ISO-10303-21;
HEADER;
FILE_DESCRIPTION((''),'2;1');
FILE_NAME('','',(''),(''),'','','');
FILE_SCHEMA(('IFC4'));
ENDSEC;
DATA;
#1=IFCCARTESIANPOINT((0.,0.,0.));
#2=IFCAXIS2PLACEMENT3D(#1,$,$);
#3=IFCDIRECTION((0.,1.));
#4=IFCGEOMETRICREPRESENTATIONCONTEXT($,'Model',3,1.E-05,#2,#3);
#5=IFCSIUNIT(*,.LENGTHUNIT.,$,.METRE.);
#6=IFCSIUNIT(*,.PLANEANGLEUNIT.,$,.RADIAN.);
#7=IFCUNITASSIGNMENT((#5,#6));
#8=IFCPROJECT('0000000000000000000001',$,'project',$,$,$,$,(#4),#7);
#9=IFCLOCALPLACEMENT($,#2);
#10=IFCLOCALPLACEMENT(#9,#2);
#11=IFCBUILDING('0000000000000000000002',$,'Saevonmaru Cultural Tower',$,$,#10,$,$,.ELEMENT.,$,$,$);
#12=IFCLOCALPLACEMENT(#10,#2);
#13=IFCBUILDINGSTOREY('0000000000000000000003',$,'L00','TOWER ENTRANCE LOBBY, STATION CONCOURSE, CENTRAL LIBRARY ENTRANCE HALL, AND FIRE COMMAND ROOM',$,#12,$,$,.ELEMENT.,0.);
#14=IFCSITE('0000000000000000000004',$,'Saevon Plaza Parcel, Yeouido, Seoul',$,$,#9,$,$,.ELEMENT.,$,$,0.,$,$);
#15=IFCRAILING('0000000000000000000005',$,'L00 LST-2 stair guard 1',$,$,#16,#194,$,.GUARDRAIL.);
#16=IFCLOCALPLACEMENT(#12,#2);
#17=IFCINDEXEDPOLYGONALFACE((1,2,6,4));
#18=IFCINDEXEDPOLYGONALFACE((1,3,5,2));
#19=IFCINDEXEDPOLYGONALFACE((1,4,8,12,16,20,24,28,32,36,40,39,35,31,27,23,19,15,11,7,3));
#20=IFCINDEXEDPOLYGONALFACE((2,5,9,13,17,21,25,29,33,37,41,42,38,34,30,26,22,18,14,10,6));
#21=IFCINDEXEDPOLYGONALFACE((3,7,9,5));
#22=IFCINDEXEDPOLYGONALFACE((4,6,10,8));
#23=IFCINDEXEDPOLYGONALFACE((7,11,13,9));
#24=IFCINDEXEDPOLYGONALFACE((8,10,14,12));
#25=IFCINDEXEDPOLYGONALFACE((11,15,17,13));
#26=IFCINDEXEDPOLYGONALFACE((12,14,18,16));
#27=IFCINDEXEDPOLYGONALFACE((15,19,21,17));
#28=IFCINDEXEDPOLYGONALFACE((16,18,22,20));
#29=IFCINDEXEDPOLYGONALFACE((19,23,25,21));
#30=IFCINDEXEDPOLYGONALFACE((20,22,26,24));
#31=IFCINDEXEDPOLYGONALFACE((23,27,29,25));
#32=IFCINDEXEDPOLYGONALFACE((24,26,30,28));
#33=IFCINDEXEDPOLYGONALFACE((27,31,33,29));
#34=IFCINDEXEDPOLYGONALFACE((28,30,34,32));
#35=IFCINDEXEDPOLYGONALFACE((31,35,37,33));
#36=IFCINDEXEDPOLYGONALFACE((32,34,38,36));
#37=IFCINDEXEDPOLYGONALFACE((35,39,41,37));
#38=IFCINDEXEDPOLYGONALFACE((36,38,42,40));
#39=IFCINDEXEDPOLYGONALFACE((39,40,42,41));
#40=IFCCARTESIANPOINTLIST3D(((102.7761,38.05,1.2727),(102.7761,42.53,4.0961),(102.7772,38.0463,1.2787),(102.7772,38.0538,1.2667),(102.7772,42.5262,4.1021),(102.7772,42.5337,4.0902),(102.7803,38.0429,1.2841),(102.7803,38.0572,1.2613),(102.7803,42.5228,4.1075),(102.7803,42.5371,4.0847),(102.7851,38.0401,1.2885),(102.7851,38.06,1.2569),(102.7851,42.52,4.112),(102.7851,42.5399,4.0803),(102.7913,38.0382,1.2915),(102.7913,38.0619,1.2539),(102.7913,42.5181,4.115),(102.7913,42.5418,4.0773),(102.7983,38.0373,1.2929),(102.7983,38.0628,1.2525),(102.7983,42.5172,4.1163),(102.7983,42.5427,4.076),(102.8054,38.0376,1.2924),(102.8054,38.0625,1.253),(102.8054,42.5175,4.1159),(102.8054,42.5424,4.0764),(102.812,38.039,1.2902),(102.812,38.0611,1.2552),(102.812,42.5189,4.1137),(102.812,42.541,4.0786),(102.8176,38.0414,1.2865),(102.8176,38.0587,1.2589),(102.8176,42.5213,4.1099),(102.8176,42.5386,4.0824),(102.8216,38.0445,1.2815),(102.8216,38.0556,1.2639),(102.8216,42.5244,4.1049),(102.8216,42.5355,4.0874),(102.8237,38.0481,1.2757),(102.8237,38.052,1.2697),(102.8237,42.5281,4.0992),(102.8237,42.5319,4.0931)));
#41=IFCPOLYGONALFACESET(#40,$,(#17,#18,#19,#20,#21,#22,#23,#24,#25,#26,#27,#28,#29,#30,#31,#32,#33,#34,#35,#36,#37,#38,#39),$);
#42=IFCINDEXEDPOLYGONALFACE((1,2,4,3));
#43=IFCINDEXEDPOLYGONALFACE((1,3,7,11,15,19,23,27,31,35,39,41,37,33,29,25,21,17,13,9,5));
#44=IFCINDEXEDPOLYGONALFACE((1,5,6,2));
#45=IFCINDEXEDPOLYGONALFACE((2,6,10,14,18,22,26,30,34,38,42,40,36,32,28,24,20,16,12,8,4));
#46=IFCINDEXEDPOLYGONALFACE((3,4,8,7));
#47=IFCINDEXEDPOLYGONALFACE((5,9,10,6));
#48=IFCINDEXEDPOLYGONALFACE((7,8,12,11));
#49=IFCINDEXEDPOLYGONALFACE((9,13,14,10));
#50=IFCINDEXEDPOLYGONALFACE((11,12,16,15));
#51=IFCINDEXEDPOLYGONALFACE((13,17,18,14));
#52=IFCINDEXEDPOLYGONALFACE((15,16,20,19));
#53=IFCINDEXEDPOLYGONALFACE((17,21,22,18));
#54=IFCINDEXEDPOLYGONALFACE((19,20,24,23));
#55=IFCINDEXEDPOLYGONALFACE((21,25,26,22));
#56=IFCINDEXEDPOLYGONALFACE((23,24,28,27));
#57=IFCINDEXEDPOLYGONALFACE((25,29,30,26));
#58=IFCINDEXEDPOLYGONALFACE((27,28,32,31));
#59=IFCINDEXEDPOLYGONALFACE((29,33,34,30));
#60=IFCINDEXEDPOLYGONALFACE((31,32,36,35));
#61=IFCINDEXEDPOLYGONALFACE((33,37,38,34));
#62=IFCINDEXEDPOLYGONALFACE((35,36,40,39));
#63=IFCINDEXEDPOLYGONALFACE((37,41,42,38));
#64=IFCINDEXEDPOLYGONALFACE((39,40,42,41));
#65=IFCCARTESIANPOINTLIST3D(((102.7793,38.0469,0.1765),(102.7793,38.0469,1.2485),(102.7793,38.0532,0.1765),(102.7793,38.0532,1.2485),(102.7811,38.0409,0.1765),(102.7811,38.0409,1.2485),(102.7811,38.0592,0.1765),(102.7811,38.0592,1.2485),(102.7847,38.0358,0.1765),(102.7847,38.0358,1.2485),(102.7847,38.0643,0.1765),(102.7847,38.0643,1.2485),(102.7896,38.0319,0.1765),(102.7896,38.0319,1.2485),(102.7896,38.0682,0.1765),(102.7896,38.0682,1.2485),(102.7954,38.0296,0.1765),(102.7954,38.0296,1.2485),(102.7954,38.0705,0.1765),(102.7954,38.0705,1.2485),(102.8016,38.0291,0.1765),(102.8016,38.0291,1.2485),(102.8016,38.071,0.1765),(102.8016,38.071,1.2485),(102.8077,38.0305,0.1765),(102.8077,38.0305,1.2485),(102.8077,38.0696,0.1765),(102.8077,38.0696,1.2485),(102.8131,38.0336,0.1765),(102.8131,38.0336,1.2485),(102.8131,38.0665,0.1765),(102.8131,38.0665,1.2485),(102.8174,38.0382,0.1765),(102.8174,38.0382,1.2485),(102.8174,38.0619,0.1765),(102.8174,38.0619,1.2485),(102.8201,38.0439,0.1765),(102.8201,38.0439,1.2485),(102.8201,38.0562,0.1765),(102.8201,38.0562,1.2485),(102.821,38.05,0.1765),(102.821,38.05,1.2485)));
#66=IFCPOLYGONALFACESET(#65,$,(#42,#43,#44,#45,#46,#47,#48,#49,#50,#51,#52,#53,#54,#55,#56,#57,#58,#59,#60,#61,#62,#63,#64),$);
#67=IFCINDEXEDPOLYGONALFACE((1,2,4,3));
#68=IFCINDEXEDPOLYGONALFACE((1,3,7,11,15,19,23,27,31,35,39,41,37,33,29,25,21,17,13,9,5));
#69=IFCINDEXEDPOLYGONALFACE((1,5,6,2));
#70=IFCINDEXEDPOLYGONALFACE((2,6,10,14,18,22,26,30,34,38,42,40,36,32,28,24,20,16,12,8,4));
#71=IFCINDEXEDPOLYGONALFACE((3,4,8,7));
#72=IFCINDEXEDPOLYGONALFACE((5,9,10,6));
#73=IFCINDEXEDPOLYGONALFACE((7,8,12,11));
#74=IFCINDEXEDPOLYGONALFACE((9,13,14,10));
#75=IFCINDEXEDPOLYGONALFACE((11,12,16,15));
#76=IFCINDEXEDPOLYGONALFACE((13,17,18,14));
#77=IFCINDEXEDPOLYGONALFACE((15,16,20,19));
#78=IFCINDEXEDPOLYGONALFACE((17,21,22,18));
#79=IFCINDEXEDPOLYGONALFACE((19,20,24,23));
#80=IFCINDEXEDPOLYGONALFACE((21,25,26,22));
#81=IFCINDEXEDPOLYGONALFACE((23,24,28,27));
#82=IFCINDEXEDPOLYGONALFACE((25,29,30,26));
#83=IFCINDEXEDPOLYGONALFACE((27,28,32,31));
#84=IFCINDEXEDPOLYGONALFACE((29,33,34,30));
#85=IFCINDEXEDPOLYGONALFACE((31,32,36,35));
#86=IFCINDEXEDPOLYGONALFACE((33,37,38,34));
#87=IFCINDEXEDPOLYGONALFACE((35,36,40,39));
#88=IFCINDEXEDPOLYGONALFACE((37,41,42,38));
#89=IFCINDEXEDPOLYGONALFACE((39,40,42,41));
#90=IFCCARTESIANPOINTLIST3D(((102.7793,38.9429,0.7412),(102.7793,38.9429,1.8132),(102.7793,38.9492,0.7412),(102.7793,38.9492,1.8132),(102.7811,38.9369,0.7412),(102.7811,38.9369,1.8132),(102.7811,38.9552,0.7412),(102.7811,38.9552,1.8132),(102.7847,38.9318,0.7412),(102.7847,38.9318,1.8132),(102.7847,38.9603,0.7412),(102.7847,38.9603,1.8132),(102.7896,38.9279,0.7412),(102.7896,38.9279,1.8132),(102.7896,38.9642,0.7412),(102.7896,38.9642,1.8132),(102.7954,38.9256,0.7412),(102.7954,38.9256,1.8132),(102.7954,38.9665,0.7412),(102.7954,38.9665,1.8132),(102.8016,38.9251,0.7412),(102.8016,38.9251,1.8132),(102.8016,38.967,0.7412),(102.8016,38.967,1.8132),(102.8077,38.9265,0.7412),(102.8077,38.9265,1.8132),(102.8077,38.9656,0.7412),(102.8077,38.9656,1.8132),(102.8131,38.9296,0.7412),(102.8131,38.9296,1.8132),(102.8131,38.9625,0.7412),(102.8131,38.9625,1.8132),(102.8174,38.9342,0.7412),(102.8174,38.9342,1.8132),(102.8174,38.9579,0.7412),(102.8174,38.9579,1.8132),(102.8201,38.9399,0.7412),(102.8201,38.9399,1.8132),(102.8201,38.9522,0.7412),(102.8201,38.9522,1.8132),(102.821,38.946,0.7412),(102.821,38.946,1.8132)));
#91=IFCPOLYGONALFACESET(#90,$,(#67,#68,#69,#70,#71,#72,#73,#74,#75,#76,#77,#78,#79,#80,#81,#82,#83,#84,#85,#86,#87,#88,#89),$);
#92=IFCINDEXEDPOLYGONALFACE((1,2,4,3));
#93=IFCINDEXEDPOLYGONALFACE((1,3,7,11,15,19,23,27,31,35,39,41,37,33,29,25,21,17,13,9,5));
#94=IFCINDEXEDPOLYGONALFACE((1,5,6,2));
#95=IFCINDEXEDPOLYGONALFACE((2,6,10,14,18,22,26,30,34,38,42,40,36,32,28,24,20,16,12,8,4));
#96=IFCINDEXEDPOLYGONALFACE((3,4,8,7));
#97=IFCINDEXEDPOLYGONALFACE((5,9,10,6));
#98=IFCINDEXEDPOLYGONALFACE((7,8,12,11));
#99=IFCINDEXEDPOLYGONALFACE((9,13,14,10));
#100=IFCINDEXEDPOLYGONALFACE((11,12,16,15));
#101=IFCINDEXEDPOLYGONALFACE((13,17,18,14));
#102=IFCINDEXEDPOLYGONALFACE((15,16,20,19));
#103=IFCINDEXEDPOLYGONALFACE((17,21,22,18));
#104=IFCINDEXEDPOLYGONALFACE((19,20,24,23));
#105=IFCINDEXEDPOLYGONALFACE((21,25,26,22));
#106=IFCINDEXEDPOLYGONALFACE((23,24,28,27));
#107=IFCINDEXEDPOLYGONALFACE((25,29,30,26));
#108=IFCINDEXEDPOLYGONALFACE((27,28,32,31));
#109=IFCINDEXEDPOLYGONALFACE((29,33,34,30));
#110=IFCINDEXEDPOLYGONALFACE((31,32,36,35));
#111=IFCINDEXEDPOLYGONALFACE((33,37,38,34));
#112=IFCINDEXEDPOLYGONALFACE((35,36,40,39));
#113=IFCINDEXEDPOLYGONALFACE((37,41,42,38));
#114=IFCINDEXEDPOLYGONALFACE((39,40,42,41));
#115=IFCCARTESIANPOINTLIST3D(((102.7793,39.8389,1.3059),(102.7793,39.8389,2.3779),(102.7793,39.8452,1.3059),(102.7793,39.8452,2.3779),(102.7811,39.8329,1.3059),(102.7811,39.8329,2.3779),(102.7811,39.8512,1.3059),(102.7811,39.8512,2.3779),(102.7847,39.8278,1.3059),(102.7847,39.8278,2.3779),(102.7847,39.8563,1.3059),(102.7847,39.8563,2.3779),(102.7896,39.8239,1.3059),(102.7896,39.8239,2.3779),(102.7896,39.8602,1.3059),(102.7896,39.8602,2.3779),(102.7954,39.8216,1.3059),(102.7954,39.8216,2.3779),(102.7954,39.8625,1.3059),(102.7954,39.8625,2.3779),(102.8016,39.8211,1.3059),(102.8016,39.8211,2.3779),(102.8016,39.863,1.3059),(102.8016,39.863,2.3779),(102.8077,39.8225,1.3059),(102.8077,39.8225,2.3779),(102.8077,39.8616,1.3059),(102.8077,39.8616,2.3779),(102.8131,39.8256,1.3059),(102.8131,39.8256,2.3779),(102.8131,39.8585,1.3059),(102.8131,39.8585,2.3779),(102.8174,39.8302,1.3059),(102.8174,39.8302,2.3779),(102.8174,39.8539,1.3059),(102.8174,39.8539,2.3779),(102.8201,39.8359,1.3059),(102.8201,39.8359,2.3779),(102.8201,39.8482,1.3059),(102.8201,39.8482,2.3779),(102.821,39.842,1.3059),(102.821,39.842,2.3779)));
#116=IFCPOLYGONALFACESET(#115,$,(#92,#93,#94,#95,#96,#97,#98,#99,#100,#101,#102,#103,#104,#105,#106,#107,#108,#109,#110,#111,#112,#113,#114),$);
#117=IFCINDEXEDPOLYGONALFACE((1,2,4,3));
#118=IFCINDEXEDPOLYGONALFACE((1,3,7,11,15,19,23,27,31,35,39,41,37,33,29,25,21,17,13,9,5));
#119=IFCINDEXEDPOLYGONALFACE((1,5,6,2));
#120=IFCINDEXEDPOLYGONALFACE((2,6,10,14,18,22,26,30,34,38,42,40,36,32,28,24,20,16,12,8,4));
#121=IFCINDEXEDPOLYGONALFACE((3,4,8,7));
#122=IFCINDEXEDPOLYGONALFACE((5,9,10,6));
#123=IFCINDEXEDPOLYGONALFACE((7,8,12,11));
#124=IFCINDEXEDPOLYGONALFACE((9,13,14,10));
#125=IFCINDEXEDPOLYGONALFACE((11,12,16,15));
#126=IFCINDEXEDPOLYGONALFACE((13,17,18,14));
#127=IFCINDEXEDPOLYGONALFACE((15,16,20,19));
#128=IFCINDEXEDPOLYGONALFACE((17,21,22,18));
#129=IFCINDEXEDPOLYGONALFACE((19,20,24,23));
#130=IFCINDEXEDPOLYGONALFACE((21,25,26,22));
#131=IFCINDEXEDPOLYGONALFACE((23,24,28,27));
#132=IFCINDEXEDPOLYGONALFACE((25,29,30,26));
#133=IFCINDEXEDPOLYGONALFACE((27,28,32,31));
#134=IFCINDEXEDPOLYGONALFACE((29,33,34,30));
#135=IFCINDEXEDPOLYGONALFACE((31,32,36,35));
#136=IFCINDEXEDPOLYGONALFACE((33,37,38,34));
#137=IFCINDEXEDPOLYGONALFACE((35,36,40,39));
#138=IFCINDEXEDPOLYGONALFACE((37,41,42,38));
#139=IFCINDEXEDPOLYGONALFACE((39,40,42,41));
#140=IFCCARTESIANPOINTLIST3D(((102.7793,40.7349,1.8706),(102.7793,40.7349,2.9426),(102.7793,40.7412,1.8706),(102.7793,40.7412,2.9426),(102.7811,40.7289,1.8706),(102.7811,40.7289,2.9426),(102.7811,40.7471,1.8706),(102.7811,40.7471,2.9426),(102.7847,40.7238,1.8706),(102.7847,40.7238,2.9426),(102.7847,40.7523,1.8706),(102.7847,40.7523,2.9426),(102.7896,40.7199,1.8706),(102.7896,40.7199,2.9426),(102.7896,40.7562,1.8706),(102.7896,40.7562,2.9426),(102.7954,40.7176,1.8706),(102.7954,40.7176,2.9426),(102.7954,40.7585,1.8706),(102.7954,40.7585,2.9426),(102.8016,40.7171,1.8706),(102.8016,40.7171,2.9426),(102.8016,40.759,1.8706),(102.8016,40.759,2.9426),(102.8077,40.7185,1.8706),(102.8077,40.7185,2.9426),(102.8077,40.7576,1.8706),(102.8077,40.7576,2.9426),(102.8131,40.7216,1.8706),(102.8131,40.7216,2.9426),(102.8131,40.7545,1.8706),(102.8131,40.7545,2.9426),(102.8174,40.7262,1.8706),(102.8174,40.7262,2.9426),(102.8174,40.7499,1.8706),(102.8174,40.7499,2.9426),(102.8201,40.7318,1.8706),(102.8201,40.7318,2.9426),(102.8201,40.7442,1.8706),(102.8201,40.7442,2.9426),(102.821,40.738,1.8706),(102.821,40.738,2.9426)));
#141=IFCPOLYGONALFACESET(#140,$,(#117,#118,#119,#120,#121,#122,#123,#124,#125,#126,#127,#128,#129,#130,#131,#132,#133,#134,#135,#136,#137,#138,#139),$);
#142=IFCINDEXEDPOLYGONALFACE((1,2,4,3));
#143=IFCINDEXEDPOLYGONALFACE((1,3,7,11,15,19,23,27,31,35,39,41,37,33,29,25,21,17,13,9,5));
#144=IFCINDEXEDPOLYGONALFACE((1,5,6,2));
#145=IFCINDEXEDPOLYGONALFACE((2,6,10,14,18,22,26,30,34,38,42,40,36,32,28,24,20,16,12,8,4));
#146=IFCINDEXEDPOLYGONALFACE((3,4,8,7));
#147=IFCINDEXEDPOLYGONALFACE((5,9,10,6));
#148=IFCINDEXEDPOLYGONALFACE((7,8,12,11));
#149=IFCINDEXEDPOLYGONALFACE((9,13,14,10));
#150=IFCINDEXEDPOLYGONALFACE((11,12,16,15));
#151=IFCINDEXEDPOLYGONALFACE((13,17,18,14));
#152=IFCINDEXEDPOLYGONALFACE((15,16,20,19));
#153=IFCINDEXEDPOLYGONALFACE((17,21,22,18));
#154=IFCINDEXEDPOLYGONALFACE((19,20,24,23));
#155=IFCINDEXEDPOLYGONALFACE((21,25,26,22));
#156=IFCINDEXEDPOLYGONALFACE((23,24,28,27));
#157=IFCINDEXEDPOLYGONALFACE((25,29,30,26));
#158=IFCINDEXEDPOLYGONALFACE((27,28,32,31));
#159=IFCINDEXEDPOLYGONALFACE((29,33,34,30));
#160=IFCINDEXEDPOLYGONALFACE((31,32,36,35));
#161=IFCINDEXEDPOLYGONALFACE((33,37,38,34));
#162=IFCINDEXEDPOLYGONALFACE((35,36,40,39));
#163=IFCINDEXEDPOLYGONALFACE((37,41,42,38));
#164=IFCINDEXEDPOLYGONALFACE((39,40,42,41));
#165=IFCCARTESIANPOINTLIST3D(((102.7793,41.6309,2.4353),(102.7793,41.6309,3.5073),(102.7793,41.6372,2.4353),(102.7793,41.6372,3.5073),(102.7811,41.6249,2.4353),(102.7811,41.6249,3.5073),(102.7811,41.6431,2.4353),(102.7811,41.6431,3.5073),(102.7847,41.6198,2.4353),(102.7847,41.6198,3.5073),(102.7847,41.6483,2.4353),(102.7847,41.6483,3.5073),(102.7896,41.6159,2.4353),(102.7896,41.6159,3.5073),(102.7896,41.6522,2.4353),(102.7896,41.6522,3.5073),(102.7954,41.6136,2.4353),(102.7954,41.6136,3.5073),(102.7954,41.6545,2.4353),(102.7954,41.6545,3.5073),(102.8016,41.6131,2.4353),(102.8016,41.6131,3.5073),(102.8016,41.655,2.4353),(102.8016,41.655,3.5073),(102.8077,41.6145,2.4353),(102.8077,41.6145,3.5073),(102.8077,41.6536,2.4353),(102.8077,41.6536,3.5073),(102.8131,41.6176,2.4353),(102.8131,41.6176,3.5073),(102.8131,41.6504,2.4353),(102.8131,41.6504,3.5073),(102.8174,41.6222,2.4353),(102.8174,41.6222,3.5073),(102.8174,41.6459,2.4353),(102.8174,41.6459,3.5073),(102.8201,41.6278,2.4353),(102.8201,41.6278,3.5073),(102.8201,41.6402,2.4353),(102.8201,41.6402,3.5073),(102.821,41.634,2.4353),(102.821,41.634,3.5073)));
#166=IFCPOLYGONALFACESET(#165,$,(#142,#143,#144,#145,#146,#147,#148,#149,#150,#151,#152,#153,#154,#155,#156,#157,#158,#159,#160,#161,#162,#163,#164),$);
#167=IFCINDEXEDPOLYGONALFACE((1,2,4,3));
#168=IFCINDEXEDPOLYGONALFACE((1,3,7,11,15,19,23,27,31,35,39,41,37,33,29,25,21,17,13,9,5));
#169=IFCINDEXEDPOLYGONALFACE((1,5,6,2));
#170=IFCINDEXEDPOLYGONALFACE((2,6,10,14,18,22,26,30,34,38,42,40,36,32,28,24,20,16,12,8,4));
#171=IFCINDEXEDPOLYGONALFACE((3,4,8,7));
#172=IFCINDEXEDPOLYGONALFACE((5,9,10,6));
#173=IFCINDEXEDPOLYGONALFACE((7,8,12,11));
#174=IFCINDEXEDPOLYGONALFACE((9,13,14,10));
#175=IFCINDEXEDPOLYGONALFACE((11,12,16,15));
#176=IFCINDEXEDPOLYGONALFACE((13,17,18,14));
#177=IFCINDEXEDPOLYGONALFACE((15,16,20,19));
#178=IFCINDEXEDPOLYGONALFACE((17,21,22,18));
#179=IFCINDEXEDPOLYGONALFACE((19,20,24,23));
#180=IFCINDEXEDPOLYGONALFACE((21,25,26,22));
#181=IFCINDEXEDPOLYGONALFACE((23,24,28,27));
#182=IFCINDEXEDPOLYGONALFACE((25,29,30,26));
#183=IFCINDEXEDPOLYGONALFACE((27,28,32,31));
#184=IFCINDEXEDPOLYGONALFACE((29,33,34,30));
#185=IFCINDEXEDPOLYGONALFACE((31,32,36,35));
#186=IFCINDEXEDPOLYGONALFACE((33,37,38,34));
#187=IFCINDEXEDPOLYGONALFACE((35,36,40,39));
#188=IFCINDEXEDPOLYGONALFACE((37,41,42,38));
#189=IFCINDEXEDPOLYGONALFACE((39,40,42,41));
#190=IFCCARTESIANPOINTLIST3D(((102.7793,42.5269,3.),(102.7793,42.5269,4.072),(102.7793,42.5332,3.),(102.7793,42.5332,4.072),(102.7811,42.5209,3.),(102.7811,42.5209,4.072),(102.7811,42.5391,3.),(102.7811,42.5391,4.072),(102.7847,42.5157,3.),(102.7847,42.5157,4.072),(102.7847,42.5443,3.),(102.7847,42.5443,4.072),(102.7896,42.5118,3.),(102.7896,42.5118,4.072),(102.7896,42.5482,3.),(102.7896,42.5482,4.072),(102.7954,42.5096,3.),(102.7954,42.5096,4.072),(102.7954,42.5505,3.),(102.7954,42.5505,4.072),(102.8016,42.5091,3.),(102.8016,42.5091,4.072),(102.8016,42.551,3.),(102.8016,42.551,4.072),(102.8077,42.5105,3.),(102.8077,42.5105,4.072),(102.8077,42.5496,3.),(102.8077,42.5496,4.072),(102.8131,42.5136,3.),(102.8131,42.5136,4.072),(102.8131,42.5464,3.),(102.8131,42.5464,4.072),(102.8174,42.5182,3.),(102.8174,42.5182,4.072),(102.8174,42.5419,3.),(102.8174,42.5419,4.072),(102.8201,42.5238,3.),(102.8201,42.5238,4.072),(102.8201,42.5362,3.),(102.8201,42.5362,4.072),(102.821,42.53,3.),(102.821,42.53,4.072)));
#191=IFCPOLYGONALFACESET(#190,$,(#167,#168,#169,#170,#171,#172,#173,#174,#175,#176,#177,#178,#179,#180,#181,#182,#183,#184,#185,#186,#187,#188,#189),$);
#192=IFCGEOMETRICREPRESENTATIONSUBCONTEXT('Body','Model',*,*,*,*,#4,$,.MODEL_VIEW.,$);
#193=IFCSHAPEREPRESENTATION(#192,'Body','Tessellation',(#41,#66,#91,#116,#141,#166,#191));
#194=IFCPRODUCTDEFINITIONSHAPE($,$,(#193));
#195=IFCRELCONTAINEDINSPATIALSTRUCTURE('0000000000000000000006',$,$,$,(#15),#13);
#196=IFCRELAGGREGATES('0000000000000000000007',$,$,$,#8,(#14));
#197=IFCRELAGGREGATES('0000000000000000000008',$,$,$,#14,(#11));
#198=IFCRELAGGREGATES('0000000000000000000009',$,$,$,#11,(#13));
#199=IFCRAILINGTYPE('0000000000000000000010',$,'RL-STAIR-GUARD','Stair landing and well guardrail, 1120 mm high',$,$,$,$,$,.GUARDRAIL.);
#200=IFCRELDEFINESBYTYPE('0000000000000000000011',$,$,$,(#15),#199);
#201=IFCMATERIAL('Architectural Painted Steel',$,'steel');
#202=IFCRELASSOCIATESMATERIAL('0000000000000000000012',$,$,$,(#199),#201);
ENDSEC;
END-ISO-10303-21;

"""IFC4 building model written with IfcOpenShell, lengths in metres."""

from ifc_helpers import new_model, si_unit, direction, frame, origin, origin_2d, place, context, subcontext, project, spatial, circle, extrude, material, type_object, element, save


model = new_model("IFC4")

# Units and contexts
model_context = context("Model", 3, precision=1e-05, world=origin(), true_north=direction((0.0, 1.0)))
body_context = subcontext(model_context, "Body", "Model", "MODEL_VIEW")
ifc_project = project(units=[si_unit("LENGTHUNIT", "METRE"), si_unit("PLANEANGLEUNIT", "RADIAN")], contexts=[model_context])

# Site, building, storey
site_placement = place(None, origin())
site = spatial("IfcSite", under=ifc_project, at=site_placement, Name="Saevon Plaza Parcel, Yeouido, Seoul", CompositionType="ELEMENT", RefElevation=0.0)
building_placement = place(site_placement, origin())
building = spatial("IfcBuilding", under=site, at=building_placement, Name="Saevonmaru Cultural Tower", CompositionType="ELEMENT")
storey_placement = place(building_placement, origin())
storey = spatial("IfcBuildingStorey", under=building, at=storey_placement, Name="L00", Description="TOWER ENTRANCE LOBBY, STATION CONCOURSE, CENTRAL LIBRARY ENTRANCE HALL, AND FIRE COMMAND ROOM", CompositionType="ELEMENT", Elevation=0.0)

# Railing
ifc_material_1 = material(Name="Architectural Painted Steel", Category="steel")
railing_type_1 = type_object("IfcRailingType", Name="RL-STAIR-GUARD", Description="Stair landing and well guardrail, 1120 mm high", PredefinedType="GUARDRAIL", material=ifc_material_1)
railing_1_placement = place(storey_placement, frame((102.8, 38.05, 0.1765)))
element("IfcRailing", 1, at=railing_1_placement, inside=storey, type_object=railing_type_1, Name="L00 LST-2 stair guard 1", PredefinedType="GUARDRAIL", context=body_context, shape_type="SweptSolid", body=[
    extrude(circle(Radius=0.0239, at=origin_2d()), frame((0.0, 0.0, 1.0962), z_axis=(0.0, 0.845998, 0.533186), x_axis=(-1.0, 0.0, 0.0)), (0.0, 0.0, 1.0), 5.2954),
    extrude(circle(Radius=0.021, at=origin_2d()), origin(), (0.0, 0.0, 1.0), 1.072),
    extrude(circle(Radius=0.021, at=origin_2d()), frame((0.0, 0.896, 0.5647)), (0.0, 0.0, 1.0), 1.072),
    extrude(circle(Radius=0.021, at=origin_2d()), frame((0.0, 1.792, 1.1294)), (0.0, 0.0, 1.0), 1.072),
    extrude(circle(Radius=0.021, at=origin_2d()), frame((0.0, 2.688, 1.6941)), (0.0, 0.0, 1.0), 1.072),
    extrude(circle(Radius=0.021, at=origin_2d()), frame((0.0, 3.584, 2.2588)), (0.0, 0.0, 1.0), 1.072),
    extrude(circle(Radius=0.021, at=origin_2d()), frame((0.0, 4.48, 2.8235)), (0.0, 0.0, 1.0), 1.072),
])

save(model, "model.ifc")
